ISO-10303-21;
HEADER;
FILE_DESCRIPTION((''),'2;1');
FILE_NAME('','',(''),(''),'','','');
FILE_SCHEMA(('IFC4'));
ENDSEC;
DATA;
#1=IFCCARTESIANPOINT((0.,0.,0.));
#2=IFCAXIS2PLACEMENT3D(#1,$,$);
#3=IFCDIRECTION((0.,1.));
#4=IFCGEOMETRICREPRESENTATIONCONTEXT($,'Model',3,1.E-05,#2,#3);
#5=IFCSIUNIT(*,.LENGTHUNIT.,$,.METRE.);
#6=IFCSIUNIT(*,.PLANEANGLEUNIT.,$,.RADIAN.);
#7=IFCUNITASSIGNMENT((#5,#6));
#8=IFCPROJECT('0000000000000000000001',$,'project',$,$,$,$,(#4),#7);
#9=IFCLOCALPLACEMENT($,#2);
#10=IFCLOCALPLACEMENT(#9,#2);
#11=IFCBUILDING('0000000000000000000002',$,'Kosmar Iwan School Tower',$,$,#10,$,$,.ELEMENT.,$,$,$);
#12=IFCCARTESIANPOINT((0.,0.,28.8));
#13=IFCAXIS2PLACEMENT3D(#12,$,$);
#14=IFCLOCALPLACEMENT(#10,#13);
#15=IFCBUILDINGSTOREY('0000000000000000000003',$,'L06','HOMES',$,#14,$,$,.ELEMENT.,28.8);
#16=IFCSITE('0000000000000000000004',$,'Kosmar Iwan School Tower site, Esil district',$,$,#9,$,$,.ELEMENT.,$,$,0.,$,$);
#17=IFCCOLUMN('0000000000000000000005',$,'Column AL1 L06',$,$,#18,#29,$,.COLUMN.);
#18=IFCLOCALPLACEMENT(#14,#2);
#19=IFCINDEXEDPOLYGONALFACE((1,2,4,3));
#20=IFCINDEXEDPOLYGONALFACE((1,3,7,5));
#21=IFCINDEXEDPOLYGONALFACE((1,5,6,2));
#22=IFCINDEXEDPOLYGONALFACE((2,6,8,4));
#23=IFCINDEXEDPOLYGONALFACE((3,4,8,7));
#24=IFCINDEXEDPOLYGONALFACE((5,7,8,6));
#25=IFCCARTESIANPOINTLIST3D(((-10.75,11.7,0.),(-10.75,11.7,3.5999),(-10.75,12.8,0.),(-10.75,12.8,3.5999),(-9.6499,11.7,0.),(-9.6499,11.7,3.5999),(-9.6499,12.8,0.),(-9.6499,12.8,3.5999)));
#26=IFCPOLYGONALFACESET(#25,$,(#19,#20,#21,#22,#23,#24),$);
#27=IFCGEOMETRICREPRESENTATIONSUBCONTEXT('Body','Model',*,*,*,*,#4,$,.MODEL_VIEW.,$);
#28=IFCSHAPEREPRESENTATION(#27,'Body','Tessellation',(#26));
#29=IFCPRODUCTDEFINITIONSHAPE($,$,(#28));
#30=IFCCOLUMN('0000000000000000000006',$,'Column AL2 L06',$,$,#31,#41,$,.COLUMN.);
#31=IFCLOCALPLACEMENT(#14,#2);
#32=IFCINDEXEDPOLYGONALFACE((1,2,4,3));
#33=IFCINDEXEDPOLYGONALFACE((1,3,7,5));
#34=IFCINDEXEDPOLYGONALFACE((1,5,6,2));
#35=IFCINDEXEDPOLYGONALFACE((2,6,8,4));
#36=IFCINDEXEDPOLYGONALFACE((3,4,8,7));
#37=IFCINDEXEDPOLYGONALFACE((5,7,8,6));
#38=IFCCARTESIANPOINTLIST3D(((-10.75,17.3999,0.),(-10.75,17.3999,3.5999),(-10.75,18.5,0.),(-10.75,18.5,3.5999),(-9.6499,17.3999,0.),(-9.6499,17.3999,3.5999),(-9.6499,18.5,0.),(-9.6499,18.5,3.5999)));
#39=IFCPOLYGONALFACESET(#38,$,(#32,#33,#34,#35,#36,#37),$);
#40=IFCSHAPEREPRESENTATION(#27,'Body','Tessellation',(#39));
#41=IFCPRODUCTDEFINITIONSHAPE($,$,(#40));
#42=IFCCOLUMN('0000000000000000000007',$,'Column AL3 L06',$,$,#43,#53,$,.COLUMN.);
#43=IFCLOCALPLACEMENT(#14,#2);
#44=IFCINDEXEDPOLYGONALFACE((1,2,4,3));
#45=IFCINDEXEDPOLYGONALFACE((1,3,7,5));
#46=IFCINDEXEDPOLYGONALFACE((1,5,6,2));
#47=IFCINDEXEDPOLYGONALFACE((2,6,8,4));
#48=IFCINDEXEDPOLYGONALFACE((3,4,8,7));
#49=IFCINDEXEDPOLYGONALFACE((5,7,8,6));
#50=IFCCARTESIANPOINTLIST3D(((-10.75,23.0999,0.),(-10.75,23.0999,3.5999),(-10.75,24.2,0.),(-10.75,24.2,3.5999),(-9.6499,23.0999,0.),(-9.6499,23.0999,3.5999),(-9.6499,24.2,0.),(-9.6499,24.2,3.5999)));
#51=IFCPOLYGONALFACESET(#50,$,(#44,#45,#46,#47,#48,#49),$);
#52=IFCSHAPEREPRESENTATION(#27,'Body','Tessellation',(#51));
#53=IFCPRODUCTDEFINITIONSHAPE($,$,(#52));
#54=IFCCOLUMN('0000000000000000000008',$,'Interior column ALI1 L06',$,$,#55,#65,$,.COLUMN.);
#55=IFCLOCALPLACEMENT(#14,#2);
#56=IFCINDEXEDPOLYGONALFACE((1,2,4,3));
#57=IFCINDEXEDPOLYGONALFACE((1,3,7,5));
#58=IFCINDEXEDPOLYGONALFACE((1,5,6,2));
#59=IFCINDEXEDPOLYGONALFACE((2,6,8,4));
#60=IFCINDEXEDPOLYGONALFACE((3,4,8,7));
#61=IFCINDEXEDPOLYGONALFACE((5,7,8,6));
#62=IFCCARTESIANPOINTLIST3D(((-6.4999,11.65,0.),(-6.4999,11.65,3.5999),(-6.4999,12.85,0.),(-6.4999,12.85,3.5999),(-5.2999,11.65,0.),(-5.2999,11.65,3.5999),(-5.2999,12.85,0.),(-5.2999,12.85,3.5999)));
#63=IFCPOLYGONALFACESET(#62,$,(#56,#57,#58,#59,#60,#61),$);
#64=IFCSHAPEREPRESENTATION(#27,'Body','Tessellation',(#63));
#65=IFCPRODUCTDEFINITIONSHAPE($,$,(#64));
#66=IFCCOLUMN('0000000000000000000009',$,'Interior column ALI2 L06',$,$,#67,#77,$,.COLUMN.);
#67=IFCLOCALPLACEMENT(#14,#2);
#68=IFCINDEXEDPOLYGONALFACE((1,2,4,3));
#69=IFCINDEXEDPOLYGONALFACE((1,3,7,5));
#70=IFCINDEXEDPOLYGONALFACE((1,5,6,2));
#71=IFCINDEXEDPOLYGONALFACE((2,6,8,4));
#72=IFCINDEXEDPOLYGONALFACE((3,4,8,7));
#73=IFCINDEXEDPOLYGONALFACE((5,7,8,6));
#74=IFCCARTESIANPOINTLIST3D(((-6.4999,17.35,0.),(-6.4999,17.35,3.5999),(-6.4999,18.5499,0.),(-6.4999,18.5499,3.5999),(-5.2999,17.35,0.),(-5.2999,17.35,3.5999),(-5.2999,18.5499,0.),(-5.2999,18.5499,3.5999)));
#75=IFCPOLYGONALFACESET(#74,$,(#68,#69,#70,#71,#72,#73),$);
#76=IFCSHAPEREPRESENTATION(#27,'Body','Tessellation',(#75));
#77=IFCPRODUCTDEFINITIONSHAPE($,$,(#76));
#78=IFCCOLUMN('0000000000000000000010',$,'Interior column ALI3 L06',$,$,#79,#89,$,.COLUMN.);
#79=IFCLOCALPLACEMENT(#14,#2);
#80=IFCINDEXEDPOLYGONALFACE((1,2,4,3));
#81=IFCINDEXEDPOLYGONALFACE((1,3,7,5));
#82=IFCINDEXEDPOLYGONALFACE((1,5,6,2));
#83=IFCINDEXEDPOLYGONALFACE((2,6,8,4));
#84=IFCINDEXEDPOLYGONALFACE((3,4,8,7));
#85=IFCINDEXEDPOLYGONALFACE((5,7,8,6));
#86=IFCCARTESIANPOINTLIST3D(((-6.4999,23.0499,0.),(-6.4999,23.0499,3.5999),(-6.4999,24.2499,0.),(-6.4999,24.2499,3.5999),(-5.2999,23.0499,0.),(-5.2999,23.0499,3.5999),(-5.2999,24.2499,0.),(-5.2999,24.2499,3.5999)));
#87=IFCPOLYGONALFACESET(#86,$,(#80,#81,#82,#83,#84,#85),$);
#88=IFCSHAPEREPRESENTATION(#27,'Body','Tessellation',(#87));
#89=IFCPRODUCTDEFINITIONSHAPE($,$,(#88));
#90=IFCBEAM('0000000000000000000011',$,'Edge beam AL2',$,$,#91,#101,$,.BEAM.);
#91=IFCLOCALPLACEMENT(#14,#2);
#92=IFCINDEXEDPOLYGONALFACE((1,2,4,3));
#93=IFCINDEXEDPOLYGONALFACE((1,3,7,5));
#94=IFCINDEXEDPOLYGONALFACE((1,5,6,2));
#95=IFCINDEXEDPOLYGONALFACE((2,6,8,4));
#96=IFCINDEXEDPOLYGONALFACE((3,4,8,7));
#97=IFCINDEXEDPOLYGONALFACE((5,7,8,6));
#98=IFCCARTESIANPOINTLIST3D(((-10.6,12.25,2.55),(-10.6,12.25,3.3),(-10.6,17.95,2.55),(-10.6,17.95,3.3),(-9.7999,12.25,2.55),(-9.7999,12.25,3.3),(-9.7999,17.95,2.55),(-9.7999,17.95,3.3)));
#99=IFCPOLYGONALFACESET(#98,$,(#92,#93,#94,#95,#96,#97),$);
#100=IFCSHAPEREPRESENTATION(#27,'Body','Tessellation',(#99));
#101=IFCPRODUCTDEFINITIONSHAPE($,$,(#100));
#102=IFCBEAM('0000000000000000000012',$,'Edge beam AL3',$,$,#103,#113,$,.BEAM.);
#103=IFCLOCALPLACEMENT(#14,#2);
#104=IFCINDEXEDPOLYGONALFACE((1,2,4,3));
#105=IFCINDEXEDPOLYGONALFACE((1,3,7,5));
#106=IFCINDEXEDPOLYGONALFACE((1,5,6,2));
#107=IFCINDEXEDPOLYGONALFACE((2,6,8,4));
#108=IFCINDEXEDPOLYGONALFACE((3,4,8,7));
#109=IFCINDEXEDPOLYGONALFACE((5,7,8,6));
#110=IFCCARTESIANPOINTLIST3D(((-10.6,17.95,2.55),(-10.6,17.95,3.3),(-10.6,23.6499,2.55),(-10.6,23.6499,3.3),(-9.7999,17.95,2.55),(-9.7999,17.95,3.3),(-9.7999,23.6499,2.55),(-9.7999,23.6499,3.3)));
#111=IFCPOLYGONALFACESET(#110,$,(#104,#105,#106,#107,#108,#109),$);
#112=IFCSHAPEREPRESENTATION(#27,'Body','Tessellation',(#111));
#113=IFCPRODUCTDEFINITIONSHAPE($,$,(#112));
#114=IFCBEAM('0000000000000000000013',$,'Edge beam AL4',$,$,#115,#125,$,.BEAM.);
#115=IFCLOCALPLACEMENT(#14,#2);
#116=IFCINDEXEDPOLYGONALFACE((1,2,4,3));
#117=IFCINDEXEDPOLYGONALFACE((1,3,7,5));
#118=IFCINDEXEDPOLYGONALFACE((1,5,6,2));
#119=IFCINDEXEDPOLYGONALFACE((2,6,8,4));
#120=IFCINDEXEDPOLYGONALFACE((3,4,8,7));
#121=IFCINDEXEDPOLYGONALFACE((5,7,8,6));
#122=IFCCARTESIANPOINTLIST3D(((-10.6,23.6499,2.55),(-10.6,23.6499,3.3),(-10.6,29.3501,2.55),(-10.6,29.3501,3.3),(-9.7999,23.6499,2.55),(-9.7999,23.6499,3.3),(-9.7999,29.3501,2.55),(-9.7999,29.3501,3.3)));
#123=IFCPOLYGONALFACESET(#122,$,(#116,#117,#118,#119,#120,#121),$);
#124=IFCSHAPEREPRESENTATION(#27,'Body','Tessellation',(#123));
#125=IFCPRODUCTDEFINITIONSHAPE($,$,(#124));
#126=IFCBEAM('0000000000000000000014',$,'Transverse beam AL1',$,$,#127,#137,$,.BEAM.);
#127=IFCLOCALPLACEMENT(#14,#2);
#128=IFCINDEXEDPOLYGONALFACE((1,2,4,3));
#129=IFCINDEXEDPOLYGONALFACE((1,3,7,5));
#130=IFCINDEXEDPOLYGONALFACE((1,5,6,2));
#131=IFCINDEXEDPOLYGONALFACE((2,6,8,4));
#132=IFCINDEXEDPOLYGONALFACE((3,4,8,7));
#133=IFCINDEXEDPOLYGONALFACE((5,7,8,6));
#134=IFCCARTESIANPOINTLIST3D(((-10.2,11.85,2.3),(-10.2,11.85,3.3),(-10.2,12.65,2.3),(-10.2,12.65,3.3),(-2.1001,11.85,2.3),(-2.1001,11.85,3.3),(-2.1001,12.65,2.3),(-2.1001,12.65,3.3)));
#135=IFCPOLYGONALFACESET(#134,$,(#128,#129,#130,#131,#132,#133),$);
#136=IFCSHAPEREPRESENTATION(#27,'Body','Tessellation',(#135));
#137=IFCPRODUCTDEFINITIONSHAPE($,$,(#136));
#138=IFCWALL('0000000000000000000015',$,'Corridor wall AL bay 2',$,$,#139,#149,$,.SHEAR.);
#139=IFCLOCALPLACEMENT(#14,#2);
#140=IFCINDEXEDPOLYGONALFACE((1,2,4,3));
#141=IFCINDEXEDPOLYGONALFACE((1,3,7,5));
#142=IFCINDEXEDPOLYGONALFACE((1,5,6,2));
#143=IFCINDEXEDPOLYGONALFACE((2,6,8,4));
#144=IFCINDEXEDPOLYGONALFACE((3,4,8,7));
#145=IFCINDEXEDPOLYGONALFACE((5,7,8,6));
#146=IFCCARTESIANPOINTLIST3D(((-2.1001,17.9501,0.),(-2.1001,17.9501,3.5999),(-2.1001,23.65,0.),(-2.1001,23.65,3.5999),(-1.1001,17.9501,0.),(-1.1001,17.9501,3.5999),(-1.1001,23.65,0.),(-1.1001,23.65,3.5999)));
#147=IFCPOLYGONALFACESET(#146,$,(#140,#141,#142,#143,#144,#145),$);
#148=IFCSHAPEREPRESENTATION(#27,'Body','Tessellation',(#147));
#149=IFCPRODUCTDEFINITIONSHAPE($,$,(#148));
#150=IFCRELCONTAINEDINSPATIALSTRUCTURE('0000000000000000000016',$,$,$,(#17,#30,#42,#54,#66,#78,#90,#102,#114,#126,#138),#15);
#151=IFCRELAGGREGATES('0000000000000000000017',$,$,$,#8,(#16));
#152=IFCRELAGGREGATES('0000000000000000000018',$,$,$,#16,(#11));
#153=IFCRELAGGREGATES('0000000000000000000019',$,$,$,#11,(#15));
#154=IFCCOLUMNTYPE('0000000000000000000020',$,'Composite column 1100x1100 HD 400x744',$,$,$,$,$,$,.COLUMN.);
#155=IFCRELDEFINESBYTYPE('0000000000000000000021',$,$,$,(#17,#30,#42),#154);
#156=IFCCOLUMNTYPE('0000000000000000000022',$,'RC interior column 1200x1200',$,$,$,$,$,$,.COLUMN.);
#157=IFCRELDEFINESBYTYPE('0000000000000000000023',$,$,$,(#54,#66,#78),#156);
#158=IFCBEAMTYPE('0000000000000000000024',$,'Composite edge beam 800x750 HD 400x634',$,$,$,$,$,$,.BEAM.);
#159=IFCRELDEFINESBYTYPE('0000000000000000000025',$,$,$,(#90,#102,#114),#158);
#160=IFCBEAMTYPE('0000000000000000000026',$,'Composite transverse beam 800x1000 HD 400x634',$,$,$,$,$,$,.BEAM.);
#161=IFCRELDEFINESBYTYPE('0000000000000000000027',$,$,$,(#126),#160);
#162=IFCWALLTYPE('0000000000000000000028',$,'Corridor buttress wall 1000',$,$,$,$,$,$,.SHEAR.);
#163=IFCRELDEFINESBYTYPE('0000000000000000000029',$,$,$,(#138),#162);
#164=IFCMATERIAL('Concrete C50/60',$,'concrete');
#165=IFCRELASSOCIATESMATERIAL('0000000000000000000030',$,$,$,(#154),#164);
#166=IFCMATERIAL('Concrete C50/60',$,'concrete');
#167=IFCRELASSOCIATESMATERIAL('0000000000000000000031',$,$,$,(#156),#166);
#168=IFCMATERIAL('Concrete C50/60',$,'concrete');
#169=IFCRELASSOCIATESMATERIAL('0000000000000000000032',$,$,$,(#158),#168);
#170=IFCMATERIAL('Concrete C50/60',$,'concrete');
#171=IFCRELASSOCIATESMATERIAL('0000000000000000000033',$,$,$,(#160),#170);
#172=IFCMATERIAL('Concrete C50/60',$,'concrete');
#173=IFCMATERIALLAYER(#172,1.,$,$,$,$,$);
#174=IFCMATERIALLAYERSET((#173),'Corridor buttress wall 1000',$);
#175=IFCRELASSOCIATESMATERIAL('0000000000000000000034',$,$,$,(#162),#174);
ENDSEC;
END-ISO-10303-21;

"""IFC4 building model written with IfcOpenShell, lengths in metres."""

from ifc_helpers import new_model, si_unit, direction, frame, frame_2d, origin, origin_2d, place, context, subcontext, project, spatial, rectangle, extrude, material, layer, layer_set, material_profile, profile_set, type_object, element, save


model = new_model("IFC4")

# Units and contexts
model_context = context("Model", 3, precision=1e-05, world=origin(), true_north=direction((0.0, 1.0)))
body_context = subcontext(model_context, "Body", "Model", "MODEL_VIEW")
ifc_project = project(units=[si_unit("LENGTHUNIT", "METRE"), si_unit("PLANEANGLEUNIT", "RADIAN")], contexts=[model_context])

# Site, building, storey
site_placement = place(None, origin())
site = spatial("IfcSite", under=ifc_project, at=site_placement, Name="Kosmar Iwan School Tower site, Esil district", CompositionType="ELEMENT", RefElevation=0.0)
building_placement = place(site_placement, origin())
building = spatial("IfcBuilding", under=site, at=building_placement, Name="Kosmar Iwan School Tower", CompositionType="ELEMENT")
storey_placement = place(building_placement, frame((0.0, 0.0, 28.8)))
storey = spatial("IfcBuildingStorey", under=building, at=storey_placement, Name="L06", Description="HOMES", CompositionType="ELEMENT", Elevation=28.8)

# Columns
ifc_material_1 = material(Name="Concrete C50/60", Category="concrete")
ifc_material_profile_1 = material_profile(ifc_material_1, rectangle(XDim=1.1001, YDim=1.1001, at=origin_2d()), Name="RC 1100x1100 + HD 400x744")
ifc_profile_set_1 = profile_set([ifc_material_profile_1], Name="Concrete C50/60")
column_type_1 = type_object("IfcColumnType", Name="Composite column 1100x1100 HD 400x744", PredefinedType="COLUMN", material=ifc_profile_set_1)
for number, where, z_axis, x_axis, name in (
    (1, (-10.2, 12.25, 0.0), (0.0, 0.0, 1.0), (0.0, 1.0, 0.0), "Column AL1 L06"),
    (2, (-10.2, 17.95, 0.0), (0.0, 0.0, 1.0), (0.0, 1.0, 0.0), "Column AL2 L06"),
    (3, (-10.2, 23.6499, 0.0), (0.0, 0.0, 1.0), (0.0, 1.0, 0.0), "Column AL3 L06"),
):
    element("IfcColumn", number, at=place(storey_placement, frame(where, z_axis=z_axis, x_axis=x_axis)), inside=storey, type_object=column_type_1, Name=name, PredefinedType="COLUMN", context=body_context, shape_type="SweptSolid", body=[
        extrude(rectangle(XDim=1.1001, YDim=1.1001, at=origin_2d()), origin(), (0.0, 0.0, 1.0), 3.5999),
    ])
ifc_material_2 = material(Name="Concrete C50/60", Category="concrete")
ifc_material_profile_2 = material_profile(ifc_material_2, rectangle(XDim=1.2, YDim=1.2, at=origin_2d()), Name="RC 1200x1200")
ifc_profile_set_2 = profile_set([ifc_material_profile_2], Name="Concrete C50/60")
column_type_2 = type_object("IfcColumnType", Name="RC interior column 1200x1200", PredefinedType="COLUMN", material=ifc_profile_set_2)
for number, where, z_axis, x_axis, name in (
    (4, (-5.8999, 12.25, 0.0), (0.0, 0.0, 1.0), (0.0, 1.0, 0.0), "Interior column ALI1 L06"),
    (5, (-5.8999, 17.95, 0.0), (0.0, 0.0, 1.0), (0.0, 1.0, 0.0), "Interior column ALI2 L06"),
    (6, (-5.8999, 23.6499, 0.0), (0.0, 0.0, 1.0), (0.0, 1.0, 0.0), "Interior column ALI3 L06"),
):
    element("IfcColumn", number, at=place(storey_placement, frame(where, z_axis=z_axis, x_axis=x_axis)), inside=storey, type_object=column_type_2, Name=name, PredefinedType="COLUMN", context=body_context, shape_type="SweptSolid", body=[
        extrude(rectangle(XDim=1.2, YDim=1.2, at=origin_2d()), origin(), (0.0, 0.0, 1.0), 3.5999),
    ])

# Beams
ifc_material_3 = material(Name="Concrete C50/60", Category="concrete")
ifc_material_profile_3 = material_profile(ifc_material_3, rectangle(XDim=0.8, YDim=0.75, at=origin_2d()), Name="RC 800x750 + HD 400x634")
ifc_profile_set_3 = profile_set([ifc_material_profile_3], Name="Concrete C50/60")
beam_type_1 = type_object("IfcBeamType", Name="Composite edge beam 800x750 HD 400x634", PredefinedType="BEAM", material=ifc_profile_set_3)
for number, where, z_axis, x_axis, name in (
    (7, (-10.2, 12.25, 2.925), (0.0, 1.0, 0.0), (-1.0, 0.0, 0.0), "Edge beam AL2"),
    (8, (-10.2, 17.95, 2.925), (0.0, 1.0, 0.0), (-1.0, 0.0, 0.0), "Edge beam AL3"),
):
    element("IfcBeam", number, at=place(storey_placement, frame(where, z_axis=z_axis, x_axis=x_axis)), inside=storey, type_object=beam_type_1, Name=name, PredefinedType="BEAM", context=body_context, shape_type="SweptSolid", body=[
        extrude(rectangle(XDim=0.8, YDim=0.75, at=origin_2d()), origin(), (0.0, 0.0, 1.0), 5.7),
    ])
beam_1_placement = place(storey_placement, frame((-10.2, 23.6499, 2.925), z_axis=(0.0, 1.0, 0.0), x_axis=(-1.0, 0.0, 0.0)))
element("IfcBeam", 9, at=beam_1_placement, inside=storey, type_object=beam_type_1, Name="Edge beam AL4", PredefinedType="BEAM", context=body_context, shape_type="SweptSolid", body=[
    extrude(rectangle(XDim=0.8, YDim=0.75, at=origin_2d()), origin(), (0.0, 0.0, 1.0), 5.7002),
])
ifc_material_4 = material(Name="Concrete C50/60", Category="concrete")
ifc_material_profile_4 = material_profile(ifc_material_4, rectangle(XDim=0.8, YDim=1.0, at=origin_2d()), Name="RC 800x1000 + HD 400x634")
ifc_profile_set_4 = profile_set([ifc_material_profile_4], Name="Concrete C50/60")
beam_type_2 = type_object("IfcBeamType", Name="Composite transverse beam 800x1000 HD 400x634", PredefinedType="BEAM", material=ifc_profile_set_4)
beam_2_placement = place(storey_placement, frame((-10.2, 12.25, 2.8), z_axis=(1.0, 0.0, 0.0), x_axis=(0.0, 1.0, 0.0)))
element("IfcBeam", 10, at=beam_2_placement, inside=storey, type_object=beam_type_2, Name="Transverse beam AL1", PredefinedType="BEAM", context=body_context, shape_type="SweptSolid", body=[
    extrude(rectangle(XDim=0.8, YDim=1.0, at=origin_2d()), origin(), (0.0, 0.0, 1.0), 8.0999),
])

# Wall
ifc_material_5 = material(Name="Concrete C50/60", Category="concrete")
ifc_layer_1 = layer(ifc_material_5, 1.0)
ifc_layer_set_1 = layer_set([ifc_layer_1], Name="Corridor buttress wall 1000")
wall_type_1 = type_object("IfcWallType", Name="Corridor buttress wall 1000", PredefinedType="SHEAR", material=ifc_layer_set_1)
wall_1_placement = place(storey_placement, frame((-1.6001, 17.95, 0.0), z_axis=(0.0, 0.0, 1.0), x_axis=(0.0, 1.0, 0.0)))
element("IfcWall", 11, at=wall_1_placement, inside=storey, type_object=wall_type_1, Name="Corridor wall AL bay 2", PredefinedType="SHEAR", context=body_context, shape_type="SweptSolid", body=[
    extrude(rectangle(XDim=5.7, YDim=1.0, at=frame_2d((2.8501, 0.0))), origin(), (0.0, 0.0, 1.0), 3.5999),
])

save(model, "model.ifc")
